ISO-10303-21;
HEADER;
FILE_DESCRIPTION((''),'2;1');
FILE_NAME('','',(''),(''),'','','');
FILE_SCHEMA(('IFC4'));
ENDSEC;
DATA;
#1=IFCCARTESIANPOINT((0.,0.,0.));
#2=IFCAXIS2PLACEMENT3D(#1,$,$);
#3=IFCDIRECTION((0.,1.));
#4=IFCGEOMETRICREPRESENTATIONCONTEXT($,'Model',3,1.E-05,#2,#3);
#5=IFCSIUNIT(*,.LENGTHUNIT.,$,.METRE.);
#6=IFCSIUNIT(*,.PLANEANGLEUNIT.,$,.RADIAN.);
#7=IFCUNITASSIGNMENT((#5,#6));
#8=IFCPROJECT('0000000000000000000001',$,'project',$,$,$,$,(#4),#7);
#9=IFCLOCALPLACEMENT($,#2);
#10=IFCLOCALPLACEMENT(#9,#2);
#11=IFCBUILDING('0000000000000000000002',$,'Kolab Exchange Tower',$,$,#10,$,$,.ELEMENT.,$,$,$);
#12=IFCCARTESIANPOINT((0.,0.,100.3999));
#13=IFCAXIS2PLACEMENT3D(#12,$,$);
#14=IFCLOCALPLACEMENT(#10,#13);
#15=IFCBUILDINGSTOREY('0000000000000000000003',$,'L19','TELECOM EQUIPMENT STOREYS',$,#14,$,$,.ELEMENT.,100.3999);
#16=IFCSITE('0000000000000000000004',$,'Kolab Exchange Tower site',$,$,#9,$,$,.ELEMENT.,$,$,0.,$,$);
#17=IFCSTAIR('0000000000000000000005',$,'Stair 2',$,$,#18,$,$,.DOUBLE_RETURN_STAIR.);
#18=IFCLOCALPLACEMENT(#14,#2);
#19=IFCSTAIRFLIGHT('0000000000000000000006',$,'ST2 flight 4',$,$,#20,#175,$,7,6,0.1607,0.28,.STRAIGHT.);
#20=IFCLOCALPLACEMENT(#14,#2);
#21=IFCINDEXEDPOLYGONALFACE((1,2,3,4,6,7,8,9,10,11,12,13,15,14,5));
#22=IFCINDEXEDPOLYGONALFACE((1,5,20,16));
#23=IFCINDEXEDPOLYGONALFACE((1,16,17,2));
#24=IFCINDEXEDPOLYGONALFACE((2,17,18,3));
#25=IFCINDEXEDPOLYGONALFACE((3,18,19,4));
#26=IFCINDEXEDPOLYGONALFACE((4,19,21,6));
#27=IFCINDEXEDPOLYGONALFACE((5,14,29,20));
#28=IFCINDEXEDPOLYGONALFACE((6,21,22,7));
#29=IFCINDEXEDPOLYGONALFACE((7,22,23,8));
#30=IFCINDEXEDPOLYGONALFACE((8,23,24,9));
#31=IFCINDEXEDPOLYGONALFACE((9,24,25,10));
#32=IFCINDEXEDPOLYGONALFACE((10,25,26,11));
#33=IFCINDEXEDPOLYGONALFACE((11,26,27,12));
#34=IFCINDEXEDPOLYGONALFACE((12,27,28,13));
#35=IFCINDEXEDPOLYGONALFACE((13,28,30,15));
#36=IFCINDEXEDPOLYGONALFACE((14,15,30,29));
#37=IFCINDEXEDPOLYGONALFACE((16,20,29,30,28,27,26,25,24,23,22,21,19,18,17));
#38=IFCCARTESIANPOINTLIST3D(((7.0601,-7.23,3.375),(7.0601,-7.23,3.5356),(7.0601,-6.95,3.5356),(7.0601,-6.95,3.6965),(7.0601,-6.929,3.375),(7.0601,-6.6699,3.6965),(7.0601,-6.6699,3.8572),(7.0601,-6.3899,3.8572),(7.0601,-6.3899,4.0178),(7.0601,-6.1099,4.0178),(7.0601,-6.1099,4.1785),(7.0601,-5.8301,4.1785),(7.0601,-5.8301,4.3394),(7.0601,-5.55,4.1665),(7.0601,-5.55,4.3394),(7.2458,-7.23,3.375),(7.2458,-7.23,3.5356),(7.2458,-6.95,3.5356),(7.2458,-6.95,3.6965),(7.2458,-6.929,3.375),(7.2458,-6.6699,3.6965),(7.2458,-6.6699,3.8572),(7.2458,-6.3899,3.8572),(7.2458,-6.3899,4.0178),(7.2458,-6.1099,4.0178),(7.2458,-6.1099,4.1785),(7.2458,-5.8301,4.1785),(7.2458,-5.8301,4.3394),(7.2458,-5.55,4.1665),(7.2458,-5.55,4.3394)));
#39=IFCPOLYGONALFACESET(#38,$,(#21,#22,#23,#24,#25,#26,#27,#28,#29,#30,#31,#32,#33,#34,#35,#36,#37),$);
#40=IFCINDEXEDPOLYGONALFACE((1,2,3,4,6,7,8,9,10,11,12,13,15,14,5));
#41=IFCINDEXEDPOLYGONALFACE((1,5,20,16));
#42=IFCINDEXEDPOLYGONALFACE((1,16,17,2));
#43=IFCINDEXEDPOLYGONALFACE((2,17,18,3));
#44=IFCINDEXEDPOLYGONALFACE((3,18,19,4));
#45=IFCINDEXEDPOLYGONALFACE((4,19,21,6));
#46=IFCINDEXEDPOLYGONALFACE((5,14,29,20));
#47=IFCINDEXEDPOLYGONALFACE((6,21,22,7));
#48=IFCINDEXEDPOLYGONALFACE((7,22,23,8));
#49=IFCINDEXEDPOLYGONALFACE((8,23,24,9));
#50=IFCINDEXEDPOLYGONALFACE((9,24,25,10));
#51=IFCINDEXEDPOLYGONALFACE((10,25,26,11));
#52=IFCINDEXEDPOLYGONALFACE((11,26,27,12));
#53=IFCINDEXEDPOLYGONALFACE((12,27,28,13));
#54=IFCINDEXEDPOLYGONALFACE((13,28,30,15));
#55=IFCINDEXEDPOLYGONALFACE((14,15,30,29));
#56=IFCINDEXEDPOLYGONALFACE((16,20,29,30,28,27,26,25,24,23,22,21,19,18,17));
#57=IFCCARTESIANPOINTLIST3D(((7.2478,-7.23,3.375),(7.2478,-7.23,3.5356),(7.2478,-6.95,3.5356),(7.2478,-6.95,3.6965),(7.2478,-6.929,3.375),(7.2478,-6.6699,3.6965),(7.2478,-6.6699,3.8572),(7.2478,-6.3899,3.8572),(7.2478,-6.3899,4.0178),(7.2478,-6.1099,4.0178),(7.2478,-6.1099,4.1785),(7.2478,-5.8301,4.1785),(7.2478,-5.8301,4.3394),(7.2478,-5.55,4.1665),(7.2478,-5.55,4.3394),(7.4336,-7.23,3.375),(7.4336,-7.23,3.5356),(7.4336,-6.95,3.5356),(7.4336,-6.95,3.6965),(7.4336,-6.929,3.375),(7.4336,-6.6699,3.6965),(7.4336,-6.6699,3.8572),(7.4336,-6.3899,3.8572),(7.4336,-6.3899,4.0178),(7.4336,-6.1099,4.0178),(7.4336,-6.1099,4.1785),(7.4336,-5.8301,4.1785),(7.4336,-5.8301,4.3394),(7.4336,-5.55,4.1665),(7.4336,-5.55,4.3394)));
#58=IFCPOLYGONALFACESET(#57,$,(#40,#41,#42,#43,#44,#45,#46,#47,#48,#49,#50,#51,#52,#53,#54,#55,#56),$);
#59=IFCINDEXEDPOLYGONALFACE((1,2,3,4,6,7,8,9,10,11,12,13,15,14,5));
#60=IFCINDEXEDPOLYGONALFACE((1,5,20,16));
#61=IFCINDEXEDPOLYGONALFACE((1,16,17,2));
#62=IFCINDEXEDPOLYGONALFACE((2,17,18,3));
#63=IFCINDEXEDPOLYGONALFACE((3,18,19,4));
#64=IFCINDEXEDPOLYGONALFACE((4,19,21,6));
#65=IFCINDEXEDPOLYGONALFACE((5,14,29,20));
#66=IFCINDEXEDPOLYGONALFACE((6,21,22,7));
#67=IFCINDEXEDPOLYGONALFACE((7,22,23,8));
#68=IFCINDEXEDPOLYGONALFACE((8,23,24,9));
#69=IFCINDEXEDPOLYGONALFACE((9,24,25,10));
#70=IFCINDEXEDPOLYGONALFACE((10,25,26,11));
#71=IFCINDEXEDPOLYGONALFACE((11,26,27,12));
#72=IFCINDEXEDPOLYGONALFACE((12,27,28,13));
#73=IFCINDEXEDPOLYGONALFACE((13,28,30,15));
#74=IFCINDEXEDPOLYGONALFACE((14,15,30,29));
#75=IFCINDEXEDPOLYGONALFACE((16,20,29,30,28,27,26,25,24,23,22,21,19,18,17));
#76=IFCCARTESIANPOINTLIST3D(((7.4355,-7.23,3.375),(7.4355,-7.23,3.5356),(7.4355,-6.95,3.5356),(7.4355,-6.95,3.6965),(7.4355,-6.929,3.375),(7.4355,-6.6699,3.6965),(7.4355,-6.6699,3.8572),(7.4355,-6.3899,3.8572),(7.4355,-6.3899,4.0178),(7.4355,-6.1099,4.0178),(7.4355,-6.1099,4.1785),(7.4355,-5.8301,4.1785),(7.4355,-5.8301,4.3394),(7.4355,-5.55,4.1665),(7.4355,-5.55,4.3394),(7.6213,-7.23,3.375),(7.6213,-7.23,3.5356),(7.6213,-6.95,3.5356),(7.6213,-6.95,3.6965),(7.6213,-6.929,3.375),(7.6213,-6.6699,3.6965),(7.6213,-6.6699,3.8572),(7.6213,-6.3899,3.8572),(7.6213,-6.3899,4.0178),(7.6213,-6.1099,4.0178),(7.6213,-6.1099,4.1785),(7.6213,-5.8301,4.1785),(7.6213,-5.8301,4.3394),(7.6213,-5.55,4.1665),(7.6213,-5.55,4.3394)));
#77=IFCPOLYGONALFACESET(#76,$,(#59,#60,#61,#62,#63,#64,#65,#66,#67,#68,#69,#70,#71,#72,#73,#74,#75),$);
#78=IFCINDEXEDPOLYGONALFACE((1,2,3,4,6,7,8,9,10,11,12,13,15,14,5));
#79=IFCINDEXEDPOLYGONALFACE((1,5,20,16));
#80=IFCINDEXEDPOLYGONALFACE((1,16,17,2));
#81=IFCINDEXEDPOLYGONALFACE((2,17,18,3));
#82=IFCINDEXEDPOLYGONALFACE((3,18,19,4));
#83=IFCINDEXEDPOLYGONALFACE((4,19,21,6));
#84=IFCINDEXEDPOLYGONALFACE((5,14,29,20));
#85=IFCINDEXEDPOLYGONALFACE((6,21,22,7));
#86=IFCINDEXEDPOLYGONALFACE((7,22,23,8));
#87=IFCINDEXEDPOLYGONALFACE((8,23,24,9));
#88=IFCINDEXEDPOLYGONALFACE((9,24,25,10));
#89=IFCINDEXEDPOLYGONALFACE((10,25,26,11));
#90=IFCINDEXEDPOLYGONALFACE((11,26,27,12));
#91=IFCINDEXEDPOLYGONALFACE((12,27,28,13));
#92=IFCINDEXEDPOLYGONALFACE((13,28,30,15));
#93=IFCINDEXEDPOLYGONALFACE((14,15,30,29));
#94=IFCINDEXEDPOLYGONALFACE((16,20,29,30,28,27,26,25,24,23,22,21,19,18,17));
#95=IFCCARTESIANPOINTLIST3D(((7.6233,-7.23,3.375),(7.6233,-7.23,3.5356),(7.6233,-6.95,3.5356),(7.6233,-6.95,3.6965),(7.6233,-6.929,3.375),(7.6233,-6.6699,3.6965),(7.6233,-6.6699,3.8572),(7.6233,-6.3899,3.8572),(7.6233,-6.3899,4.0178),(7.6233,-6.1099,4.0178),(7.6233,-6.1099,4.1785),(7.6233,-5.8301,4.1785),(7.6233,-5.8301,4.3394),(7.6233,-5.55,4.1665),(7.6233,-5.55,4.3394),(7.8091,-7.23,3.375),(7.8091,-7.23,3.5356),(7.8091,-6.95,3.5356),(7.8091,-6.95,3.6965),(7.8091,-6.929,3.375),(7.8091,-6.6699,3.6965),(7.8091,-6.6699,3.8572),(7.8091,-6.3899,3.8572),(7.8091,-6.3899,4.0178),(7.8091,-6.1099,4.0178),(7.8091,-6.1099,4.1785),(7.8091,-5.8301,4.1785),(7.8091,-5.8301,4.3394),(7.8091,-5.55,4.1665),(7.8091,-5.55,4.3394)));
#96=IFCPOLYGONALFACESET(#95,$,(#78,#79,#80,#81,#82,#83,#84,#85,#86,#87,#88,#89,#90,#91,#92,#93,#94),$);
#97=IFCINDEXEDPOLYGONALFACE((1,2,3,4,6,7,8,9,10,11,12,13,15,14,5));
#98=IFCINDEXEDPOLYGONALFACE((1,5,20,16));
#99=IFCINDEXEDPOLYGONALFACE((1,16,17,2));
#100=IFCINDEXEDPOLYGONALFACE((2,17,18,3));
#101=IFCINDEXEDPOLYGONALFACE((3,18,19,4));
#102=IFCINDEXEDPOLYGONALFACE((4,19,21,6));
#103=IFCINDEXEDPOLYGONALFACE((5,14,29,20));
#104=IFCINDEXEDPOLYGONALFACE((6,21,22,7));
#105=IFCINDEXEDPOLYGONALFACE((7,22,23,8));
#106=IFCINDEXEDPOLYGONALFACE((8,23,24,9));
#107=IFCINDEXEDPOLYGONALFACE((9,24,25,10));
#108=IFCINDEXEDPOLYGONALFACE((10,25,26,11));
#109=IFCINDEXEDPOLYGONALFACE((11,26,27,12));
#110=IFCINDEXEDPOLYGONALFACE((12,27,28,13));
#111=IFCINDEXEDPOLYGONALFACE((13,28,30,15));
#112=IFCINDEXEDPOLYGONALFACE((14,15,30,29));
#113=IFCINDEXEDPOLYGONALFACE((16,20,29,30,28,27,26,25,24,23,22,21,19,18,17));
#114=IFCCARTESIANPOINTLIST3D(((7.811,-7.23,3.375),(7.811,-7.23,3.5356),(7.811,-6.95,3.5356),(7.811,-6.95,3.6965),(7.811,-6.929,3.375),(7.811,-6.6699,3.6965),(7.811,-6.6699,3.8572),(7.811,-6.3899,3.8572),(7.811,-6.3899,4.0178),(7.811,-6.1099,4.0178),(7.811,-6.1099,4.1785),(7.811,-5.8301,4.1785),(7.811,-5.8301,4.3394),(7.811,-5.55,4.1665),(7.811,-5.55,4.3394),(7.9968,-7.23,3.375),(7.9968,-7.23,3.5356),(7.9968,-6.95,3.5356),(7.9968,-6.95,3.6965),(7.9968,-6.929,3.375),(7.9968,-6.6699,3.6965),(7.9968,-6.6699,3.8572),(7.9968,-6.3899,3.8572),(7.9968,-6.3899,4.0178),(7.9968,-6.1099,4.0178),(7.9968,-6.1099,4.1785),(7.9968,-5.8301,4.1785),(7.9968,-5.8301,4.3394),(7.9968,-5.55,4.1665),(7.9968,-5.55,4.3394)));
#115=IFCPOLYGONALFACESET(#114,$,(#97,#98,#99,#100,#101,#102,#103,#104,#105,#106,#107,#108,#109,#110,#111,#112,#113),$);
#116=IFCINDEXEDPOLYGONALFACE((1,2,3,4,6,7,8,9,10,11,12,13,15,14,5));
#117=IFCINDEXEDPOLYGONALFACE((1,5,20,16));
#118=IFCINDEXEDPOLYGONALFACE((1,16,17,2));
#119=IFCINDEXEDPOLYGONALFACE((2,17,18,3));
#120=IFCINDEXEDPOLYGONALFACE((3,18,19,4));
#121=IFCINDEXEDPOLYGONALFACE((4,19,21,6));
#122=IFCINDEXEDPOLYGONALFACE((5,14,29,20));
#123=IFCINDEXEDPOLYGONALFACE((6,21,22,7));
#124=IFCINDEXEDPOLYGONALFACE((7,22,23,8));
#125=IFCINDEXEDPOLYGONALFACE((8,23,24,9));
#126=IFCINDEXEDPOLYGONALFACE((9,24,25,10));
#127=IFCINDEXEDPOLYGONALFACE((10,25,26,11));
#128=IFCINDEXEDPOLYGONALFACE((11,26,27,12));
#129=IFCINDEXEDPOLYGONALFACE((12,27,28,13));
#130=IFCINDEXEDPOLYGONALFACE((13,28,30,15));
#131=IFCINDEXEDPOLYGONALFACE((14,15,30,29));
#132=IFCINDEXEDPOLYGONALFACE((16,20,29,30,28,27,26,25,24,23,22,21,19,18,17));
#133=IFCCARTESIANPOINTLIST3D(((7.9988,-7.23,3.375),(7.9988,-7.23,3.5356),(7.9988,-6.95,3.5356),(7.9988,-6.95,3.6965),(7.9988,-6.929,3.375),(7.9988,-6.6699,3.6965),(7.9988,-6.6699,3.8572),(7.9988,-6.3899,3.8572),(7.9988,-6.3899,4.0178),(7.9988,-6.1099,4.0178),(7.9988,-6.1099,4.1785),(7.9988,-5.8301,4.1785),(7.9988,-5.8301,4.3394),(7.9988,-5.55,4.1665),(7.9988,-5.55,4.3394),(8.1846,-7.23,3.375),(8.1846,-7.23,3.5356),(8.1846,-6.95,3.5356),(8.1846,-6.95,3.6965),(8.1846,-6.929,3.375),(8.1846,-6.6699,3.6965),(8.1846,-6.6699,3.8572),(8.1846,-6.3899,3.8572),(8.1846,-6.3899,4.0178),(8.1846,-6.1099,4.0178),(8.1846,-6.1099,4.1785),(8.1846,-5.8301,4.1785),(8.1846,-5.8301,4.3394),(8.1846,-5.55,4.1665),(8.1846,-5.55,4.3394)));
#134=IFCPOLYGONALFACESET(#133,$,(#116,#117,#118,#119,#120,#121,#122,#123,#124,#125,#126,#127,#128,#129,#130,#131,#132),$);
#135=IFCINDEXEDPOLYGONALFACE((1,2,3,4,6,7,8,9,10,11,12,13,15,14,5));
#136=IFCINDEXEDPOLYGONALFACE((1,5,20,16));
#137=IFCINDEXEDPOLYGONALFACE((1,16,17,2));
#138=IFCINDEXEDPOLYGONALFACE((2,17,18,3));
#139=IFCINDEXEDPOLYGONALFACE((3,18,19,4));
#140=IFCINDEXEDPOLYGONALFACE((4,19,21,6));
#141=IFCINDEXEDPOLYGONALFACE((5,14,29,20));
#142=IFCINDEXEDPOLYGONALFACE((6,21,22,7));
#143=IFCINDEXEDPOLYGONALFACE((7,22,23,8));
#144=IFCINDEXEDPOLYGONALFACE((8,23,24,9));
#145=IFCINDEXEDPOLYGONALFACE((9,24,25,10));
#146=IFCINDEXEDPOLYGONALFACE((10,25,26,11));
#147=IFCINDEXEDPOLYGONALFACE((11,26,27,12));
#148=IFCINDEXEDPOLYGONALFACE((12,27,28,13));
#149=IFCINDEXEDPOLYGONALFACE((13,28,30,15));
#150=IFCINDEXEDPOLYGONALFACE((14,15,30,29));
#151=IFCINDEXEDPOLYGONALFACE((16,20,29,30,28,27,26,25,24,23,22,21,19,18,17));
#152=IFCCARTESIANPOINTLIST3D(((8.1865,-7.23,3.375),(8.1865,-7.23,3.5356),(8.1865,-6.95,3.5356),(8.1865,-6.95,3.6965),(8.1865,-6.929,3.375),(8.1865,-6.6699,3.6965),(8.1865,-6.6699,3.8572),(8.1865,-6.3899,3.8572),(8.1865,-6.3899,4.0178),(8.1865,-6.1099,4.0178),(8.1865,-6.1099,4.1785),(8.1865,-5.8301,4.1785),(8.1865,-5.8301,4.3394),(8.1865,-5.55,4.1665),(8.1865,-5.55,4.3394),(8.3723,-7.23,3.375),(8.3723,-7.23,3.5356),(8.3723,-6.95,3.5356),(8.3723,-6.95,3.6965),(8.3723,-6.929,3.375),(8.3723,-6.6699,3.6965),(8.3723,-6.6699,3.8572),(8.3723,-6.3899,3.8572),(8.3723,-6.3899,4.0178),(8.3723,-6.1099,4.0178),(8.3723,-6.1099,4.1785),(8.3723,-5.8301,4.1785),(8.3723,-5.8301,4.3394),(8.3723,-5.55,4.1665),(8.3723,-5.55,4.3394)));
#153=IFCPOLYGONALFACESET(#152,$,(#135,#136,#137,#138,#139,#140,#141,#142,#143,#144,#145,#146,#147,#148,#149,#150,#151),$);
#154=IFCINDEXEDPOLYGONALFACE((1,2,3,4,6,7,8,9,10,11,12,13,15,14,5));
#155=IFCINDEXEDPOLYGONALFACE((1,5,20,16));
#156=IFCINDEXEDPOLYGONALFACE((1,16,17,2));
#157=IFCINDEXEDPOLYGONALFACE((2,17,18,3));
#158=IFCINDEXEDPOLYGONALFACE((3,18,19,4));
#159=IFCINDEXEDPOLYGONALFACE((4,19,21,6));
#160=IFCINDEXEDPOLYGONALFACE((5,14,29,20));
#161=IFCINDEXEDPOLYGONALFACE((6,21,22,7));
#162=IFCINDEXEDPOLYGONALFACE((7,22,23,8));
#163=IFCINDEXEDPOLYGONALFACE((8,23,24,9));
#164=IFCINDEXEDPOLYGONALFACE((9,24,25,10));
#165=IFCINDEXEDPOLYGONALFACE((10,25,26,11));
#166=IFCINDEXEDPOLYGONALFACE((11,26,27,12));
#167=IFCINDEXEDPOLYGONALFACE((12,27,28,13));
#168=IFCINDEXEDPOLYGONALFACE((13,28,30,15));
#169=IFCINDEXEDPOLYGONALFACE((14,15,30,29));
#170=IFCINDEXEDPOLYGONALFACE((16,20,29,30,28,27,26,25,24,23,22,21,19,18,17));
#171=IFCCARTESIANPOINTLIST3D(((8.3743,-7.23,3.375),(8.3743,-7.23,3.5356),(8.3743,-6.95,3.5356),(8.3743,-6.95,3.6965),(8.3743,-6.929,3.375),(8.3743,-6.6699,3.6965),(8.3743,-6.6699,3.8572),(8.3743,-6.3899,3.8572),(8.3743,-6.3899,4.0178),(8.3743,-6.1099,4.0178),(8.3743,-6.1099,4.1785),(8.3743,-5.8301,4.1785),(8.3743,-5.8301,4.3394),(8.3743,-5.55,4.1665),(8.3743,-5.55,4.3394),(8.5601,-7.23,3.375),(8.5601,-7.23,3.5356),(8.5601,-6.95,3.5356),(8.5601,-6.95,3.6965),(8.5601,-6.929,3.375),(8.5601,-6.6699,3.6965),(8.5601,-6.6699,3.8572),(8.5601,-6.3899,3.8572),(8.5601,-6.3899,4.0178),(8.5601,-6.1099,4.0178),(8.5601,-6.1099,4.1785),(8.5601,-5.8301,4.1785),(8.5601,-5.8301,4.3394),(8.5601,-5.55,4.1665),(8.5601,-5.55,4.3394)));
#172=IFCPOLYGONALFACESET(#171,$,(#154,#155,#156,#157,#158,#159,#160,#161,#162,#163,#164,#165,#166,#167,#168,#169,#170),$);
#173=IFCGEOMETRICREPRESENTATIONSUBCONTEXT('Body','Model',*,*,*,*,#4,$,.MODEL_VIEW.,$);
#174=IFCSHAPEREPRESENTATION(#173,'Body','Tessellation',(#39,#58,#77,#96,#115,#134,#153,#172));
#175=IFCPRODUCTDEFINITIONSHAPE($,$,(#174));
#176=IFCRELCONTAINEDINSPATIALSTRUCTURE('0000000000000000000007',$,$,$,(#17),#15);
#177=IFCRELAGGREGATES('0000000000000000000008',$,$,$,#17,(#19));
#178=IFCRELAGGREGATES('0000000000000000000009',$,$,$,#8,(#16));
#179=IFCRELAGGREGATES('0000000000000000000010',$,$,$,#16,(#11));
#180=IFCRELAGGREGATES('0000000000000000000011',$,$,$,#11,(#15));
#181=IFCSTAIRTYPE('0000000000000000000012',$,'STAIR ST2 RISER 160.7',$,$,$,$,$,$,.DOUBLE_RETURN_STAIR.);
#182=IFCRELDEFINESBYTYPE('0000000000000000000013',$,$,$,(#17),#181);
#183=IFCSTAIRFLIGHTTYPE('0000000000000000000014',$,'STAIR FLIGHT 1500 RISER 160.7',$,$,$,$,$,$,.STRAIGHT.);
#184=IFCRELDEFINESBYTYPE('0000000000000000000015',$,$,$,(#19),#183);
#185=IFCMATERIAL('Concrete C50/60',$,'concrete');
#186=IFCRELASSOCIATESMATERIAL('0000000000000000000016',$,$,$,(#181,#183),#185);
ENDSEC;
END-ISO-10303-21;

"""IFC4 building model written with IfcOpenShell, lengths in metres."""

from ifc_helpers import new_model, si_unit, direction, frame, origin, place, context, subcontext, project, spatial, polyline, outline, extrude, material, type_object, element, aggregate, save


model = new_model("IFC4")

# Units and contexts
model_context = context("Model", 3, precision=1e-05, world=origin(), true_north=direction((0.0, 1.0)))
body_context = subcontext(model_context, "Body", "Model", "MODEL_VIEW")
ifc_project = project(units=[si_unit("LENGTHUNIT", "METRE"), si_unit("PLANEANGLEUNIT", "RADIAN")], contexts=[model_context])

# Site, building, storey
site_placement = place(None, origin())
site = spatial("IfcSite", under=ifc_project, at=site_placement, Name="Kolab Exchange Tower site", CompositionType="ELEMENT", RefElevation=0.0)
building_placement = place(site_placement, origin())
building = spatial("IfcBuilding", under=site, at=building_placement, Name="Kolab Exchange Tower", CompositionType="ELEMENT")
storey_placement = place(building_placement, frame((0.0, 0.0, 100.3999)))
storey = spatial("IfcBuildingStorey", under=building, at=storey_placement, Name="L19", Description="TELECOM EQUIPMENT STOREYS", CompositionType="ELEMENT", Elevation=100.3999)

# Shared definitions
ifc_material_1 = material(Name="Concrete C50/60", Category="concrete")

# Stair, stair flight
stair_type = type_object("IfcStairType", Name="STAIR ST2 RISER 160.7", PredefinedType="DOUBLE_RETURN_STAIR", material=ifc_material_1)
stair_placement = place(storey_placement, origin())
stair = element("IfcStair", 1, at=stair_placement, inside=storey, type_object=stair_type, Name="Stair 2", PredefinedType="DOUBLE_RETURN_STAIR")
stair_flight_type = type_object("IfcStairFlightType", Name="STAIR FLIGHT 1500 RISER 160.7", PredefinedType="STRAIGHT", material=ifc_material_1)
stair_flight_1_placement = place(storey_placement, frame((7.8101, -7.23, 3.375), z_axis=(0.0, 0.0, 1.0), x_axis=(0.0, 1.0, 0.0)))
stair_flight_1 = element("IfcStairFlight", 2, at=stair_flight_1_placement, type_object=stair_flight_type, Name="ST2 flight 4", NumberOfRisers=7, NumberOfTreads=6, PredefinedType="STRAIGHT", RiserHeight=0.1607, TreadLength=0.28, context=body_context, shape_type="SweptSolid", body=[
    extrude(outline(polyline([(0.0, 0.0), (0.0, 0.1606), (0.28, 0.1606), (0.28, 0.3215), (0.5601, 0.3215), (0.5601, 0.4822), (0.8401, 0.4822), (0.8401, 0.6428), (1.1201, 0.6428), (1.1201, 0.8035), (1.3999, 0.8035), (1.3999, 0.9644), (1.6799, 0.9644), (1.6799, 1.125), (1.6799, 0.7915), (0.301, 0.0), (0.0, 0.0)])), frame((0.0, 0.75, 0.0), z_axis=(0.0, -1.0, 0.0), x_axis=(1.0, 0.0, 0.0)), (0.0, 0.0, 1.0), 0.1858),
    extrude(outline(polyline([(0.0, 0.0), (0.0, 0.1606), (0.28, 0.1606), (0.28, 0.3215), (0.5601, 0.3215), (0.5601, 0.4822), (0.8401, 0.4822), (0.8401, 0.6428), (1.1201, 0.6428), (1.1201, 0.8035), (1.3999, 0.8035), (1.3999, 0.9644), (1.6799, 0.9644), (1.6799, 1.125), (1.6799, 0.7915), (0.301, 0.0), (0.0, 0.0)])), frame((0.0, 0.5623, 0.0), z_axis=(0.0, -1.0, 0.0), x_axis=(1.0, 0.0, 0.0)), (0.0, 0.0, 1.0), 0.1858),
    extrude(outline(polyline([(0.0, 0.0), (0.0, 0.1606), (0.28, 0.1606), (0.28, 0.3215), (0.5601, 0.3215), (0.5601, 0.4822), (0.8401, 0.4822), (0.8401, 0.6428), (1.1201, 0.6428), (1.1201, 0.8035), (1.3999, 0.8035), (1.3999, 0.9644), (1.6799, 0.9644), (1.6799, 1.125), (1.6799, 0.7915), (0.301, 0.0), (0.0, 0.0)])), frame((0.0, 0.3745, 0.0), z_axis=(0.0, -1.0, 0.0), x_axis=(1.0, 0.0, 0.0)), (0.0, 0.0, 1.0), 0.1858),
    extrude(outline(polyline([(0.0, 0.0), (0.0, 0.1606), (0.28, 0.1606), (0.28, 0.3215), (0.5601, 0.3215), (0.5601, 0.4822), (0.8401, 0.4822), (0.8401, 0.6428), (1.1201, 0.6428), (1.1201, 0.8035), (1.3999, 0.8035), (1.3999, 0.9644), (1.6799, 0.9644), (1.6799, 1.125), (1.6799, 0.7915), (0.301, 0.0), (0.0, 0.0)])), frame((0.0, 0.1868, 0.0), z_axis=(0.0, -1.0, 0.0), x_axis=(1.0, 0.0, 0.0)), (0.0, 0.0, 1.0), 0.1858),
    extrude(outline(polyline([(0.0, 0.0), (0.0, 0.1606), (0.28, 0.1606), (0.28, 0.3215), (0.5601, 0.3215), (0.5601, 0.4822), (0.8401, 0.4822), (0.8401, 0.6428), (1.1201, 0.6428), (1.1201, 0.8035), (1.3999, 0.8035), (1.3999, 0.9644), (1.6799, 0.9644), (1.6799, 1.125), (1.6799, 0.7915), (0.301, 0.0), (0.0, 0.0)])), frame((0.0, -0.001, 0.0), z_axis=(0.0, -1.0, 0.0), x_axis=(1.0, 0.0, 0.0)), (0.0, 0.0, 1.0), 0.1858),
    extrude(outline(polyline([(0.0, 0.0), (0.0, 0.1606), (0.28, 0.1606), (0.28, 0.3215), (0.5601, 0.3215), (0.5601, 0.4822), (0.8401, 0.4822), (0.8401, 0.6428), (1.1201, 0.6428), (1.1201, 0.8035), (1.3999, 0.8035), (1.3999, 0.9644), (1.6799, 0.9644), (1.6799, 1.125), (1.6799, 0.7915), (0.301, 0.0), (0.0, 0.0)])), frame((0.0, -0.1887, 0.0), z_axis=(0.0, -1.0, 0.0), x_axis=(1.0, 0.0, 0.0)), (0.0, 0.0, 1.0), 0.1858),
    extrude(outline(polyline([(0.0, 0.0), (0.0, 0.1606), (0.28, 0.1606), (0.28, 0.3215), (0.5601, 0.3215), (0.5601, 0.4822), (0.8401, 0.4822), (0.8401, 0.6428), (1.1201, 0.6428), (1.1201, 0.8035), (1.3999, 0.8035), (1.3999, 0.9644), (1.6799, 0.9644), (1.6799, 1.125), (1.6799, 0.7915), (0.301, 0.0), (0.0, 0.0)])), frame((0.0, -0.3765, 0.0), z_axis=(0.0, -1.0, 0.0), x_axis=(1.0, 0.0, 0.0)), (0.0, 0.0, 1.0), 0.1858),
    extrude(outline(polyline([(0.0, 0.0), (0.0, 0.1606), (0.28, 0.1606), (0.28, 0.3215), (0.5601, 0.3215), (0.5601, 0.4822), (0.8401, 0.4822), (0.8401, 0.6428), (1.1201, 0.6428), (1.1201, 0.8035), (1.3999, 0.8035), (1.3999, 0.9644), (1.6799, 0.9644), (1.6799, 1.125), (1.6799, 0.7915), (0.301, 0.0), (0.0, 0.0)])), frame((0.0, -0.5642, 0.0), z_axis=(0.0, -1.0, 0.0), x_axis=(1.0, 0.0, 0.0)), (0.0, 0.0, 1.0), 0.1858),
])
aggregate(stair, [stair_flight_1])

save(model, "model.ifc")
